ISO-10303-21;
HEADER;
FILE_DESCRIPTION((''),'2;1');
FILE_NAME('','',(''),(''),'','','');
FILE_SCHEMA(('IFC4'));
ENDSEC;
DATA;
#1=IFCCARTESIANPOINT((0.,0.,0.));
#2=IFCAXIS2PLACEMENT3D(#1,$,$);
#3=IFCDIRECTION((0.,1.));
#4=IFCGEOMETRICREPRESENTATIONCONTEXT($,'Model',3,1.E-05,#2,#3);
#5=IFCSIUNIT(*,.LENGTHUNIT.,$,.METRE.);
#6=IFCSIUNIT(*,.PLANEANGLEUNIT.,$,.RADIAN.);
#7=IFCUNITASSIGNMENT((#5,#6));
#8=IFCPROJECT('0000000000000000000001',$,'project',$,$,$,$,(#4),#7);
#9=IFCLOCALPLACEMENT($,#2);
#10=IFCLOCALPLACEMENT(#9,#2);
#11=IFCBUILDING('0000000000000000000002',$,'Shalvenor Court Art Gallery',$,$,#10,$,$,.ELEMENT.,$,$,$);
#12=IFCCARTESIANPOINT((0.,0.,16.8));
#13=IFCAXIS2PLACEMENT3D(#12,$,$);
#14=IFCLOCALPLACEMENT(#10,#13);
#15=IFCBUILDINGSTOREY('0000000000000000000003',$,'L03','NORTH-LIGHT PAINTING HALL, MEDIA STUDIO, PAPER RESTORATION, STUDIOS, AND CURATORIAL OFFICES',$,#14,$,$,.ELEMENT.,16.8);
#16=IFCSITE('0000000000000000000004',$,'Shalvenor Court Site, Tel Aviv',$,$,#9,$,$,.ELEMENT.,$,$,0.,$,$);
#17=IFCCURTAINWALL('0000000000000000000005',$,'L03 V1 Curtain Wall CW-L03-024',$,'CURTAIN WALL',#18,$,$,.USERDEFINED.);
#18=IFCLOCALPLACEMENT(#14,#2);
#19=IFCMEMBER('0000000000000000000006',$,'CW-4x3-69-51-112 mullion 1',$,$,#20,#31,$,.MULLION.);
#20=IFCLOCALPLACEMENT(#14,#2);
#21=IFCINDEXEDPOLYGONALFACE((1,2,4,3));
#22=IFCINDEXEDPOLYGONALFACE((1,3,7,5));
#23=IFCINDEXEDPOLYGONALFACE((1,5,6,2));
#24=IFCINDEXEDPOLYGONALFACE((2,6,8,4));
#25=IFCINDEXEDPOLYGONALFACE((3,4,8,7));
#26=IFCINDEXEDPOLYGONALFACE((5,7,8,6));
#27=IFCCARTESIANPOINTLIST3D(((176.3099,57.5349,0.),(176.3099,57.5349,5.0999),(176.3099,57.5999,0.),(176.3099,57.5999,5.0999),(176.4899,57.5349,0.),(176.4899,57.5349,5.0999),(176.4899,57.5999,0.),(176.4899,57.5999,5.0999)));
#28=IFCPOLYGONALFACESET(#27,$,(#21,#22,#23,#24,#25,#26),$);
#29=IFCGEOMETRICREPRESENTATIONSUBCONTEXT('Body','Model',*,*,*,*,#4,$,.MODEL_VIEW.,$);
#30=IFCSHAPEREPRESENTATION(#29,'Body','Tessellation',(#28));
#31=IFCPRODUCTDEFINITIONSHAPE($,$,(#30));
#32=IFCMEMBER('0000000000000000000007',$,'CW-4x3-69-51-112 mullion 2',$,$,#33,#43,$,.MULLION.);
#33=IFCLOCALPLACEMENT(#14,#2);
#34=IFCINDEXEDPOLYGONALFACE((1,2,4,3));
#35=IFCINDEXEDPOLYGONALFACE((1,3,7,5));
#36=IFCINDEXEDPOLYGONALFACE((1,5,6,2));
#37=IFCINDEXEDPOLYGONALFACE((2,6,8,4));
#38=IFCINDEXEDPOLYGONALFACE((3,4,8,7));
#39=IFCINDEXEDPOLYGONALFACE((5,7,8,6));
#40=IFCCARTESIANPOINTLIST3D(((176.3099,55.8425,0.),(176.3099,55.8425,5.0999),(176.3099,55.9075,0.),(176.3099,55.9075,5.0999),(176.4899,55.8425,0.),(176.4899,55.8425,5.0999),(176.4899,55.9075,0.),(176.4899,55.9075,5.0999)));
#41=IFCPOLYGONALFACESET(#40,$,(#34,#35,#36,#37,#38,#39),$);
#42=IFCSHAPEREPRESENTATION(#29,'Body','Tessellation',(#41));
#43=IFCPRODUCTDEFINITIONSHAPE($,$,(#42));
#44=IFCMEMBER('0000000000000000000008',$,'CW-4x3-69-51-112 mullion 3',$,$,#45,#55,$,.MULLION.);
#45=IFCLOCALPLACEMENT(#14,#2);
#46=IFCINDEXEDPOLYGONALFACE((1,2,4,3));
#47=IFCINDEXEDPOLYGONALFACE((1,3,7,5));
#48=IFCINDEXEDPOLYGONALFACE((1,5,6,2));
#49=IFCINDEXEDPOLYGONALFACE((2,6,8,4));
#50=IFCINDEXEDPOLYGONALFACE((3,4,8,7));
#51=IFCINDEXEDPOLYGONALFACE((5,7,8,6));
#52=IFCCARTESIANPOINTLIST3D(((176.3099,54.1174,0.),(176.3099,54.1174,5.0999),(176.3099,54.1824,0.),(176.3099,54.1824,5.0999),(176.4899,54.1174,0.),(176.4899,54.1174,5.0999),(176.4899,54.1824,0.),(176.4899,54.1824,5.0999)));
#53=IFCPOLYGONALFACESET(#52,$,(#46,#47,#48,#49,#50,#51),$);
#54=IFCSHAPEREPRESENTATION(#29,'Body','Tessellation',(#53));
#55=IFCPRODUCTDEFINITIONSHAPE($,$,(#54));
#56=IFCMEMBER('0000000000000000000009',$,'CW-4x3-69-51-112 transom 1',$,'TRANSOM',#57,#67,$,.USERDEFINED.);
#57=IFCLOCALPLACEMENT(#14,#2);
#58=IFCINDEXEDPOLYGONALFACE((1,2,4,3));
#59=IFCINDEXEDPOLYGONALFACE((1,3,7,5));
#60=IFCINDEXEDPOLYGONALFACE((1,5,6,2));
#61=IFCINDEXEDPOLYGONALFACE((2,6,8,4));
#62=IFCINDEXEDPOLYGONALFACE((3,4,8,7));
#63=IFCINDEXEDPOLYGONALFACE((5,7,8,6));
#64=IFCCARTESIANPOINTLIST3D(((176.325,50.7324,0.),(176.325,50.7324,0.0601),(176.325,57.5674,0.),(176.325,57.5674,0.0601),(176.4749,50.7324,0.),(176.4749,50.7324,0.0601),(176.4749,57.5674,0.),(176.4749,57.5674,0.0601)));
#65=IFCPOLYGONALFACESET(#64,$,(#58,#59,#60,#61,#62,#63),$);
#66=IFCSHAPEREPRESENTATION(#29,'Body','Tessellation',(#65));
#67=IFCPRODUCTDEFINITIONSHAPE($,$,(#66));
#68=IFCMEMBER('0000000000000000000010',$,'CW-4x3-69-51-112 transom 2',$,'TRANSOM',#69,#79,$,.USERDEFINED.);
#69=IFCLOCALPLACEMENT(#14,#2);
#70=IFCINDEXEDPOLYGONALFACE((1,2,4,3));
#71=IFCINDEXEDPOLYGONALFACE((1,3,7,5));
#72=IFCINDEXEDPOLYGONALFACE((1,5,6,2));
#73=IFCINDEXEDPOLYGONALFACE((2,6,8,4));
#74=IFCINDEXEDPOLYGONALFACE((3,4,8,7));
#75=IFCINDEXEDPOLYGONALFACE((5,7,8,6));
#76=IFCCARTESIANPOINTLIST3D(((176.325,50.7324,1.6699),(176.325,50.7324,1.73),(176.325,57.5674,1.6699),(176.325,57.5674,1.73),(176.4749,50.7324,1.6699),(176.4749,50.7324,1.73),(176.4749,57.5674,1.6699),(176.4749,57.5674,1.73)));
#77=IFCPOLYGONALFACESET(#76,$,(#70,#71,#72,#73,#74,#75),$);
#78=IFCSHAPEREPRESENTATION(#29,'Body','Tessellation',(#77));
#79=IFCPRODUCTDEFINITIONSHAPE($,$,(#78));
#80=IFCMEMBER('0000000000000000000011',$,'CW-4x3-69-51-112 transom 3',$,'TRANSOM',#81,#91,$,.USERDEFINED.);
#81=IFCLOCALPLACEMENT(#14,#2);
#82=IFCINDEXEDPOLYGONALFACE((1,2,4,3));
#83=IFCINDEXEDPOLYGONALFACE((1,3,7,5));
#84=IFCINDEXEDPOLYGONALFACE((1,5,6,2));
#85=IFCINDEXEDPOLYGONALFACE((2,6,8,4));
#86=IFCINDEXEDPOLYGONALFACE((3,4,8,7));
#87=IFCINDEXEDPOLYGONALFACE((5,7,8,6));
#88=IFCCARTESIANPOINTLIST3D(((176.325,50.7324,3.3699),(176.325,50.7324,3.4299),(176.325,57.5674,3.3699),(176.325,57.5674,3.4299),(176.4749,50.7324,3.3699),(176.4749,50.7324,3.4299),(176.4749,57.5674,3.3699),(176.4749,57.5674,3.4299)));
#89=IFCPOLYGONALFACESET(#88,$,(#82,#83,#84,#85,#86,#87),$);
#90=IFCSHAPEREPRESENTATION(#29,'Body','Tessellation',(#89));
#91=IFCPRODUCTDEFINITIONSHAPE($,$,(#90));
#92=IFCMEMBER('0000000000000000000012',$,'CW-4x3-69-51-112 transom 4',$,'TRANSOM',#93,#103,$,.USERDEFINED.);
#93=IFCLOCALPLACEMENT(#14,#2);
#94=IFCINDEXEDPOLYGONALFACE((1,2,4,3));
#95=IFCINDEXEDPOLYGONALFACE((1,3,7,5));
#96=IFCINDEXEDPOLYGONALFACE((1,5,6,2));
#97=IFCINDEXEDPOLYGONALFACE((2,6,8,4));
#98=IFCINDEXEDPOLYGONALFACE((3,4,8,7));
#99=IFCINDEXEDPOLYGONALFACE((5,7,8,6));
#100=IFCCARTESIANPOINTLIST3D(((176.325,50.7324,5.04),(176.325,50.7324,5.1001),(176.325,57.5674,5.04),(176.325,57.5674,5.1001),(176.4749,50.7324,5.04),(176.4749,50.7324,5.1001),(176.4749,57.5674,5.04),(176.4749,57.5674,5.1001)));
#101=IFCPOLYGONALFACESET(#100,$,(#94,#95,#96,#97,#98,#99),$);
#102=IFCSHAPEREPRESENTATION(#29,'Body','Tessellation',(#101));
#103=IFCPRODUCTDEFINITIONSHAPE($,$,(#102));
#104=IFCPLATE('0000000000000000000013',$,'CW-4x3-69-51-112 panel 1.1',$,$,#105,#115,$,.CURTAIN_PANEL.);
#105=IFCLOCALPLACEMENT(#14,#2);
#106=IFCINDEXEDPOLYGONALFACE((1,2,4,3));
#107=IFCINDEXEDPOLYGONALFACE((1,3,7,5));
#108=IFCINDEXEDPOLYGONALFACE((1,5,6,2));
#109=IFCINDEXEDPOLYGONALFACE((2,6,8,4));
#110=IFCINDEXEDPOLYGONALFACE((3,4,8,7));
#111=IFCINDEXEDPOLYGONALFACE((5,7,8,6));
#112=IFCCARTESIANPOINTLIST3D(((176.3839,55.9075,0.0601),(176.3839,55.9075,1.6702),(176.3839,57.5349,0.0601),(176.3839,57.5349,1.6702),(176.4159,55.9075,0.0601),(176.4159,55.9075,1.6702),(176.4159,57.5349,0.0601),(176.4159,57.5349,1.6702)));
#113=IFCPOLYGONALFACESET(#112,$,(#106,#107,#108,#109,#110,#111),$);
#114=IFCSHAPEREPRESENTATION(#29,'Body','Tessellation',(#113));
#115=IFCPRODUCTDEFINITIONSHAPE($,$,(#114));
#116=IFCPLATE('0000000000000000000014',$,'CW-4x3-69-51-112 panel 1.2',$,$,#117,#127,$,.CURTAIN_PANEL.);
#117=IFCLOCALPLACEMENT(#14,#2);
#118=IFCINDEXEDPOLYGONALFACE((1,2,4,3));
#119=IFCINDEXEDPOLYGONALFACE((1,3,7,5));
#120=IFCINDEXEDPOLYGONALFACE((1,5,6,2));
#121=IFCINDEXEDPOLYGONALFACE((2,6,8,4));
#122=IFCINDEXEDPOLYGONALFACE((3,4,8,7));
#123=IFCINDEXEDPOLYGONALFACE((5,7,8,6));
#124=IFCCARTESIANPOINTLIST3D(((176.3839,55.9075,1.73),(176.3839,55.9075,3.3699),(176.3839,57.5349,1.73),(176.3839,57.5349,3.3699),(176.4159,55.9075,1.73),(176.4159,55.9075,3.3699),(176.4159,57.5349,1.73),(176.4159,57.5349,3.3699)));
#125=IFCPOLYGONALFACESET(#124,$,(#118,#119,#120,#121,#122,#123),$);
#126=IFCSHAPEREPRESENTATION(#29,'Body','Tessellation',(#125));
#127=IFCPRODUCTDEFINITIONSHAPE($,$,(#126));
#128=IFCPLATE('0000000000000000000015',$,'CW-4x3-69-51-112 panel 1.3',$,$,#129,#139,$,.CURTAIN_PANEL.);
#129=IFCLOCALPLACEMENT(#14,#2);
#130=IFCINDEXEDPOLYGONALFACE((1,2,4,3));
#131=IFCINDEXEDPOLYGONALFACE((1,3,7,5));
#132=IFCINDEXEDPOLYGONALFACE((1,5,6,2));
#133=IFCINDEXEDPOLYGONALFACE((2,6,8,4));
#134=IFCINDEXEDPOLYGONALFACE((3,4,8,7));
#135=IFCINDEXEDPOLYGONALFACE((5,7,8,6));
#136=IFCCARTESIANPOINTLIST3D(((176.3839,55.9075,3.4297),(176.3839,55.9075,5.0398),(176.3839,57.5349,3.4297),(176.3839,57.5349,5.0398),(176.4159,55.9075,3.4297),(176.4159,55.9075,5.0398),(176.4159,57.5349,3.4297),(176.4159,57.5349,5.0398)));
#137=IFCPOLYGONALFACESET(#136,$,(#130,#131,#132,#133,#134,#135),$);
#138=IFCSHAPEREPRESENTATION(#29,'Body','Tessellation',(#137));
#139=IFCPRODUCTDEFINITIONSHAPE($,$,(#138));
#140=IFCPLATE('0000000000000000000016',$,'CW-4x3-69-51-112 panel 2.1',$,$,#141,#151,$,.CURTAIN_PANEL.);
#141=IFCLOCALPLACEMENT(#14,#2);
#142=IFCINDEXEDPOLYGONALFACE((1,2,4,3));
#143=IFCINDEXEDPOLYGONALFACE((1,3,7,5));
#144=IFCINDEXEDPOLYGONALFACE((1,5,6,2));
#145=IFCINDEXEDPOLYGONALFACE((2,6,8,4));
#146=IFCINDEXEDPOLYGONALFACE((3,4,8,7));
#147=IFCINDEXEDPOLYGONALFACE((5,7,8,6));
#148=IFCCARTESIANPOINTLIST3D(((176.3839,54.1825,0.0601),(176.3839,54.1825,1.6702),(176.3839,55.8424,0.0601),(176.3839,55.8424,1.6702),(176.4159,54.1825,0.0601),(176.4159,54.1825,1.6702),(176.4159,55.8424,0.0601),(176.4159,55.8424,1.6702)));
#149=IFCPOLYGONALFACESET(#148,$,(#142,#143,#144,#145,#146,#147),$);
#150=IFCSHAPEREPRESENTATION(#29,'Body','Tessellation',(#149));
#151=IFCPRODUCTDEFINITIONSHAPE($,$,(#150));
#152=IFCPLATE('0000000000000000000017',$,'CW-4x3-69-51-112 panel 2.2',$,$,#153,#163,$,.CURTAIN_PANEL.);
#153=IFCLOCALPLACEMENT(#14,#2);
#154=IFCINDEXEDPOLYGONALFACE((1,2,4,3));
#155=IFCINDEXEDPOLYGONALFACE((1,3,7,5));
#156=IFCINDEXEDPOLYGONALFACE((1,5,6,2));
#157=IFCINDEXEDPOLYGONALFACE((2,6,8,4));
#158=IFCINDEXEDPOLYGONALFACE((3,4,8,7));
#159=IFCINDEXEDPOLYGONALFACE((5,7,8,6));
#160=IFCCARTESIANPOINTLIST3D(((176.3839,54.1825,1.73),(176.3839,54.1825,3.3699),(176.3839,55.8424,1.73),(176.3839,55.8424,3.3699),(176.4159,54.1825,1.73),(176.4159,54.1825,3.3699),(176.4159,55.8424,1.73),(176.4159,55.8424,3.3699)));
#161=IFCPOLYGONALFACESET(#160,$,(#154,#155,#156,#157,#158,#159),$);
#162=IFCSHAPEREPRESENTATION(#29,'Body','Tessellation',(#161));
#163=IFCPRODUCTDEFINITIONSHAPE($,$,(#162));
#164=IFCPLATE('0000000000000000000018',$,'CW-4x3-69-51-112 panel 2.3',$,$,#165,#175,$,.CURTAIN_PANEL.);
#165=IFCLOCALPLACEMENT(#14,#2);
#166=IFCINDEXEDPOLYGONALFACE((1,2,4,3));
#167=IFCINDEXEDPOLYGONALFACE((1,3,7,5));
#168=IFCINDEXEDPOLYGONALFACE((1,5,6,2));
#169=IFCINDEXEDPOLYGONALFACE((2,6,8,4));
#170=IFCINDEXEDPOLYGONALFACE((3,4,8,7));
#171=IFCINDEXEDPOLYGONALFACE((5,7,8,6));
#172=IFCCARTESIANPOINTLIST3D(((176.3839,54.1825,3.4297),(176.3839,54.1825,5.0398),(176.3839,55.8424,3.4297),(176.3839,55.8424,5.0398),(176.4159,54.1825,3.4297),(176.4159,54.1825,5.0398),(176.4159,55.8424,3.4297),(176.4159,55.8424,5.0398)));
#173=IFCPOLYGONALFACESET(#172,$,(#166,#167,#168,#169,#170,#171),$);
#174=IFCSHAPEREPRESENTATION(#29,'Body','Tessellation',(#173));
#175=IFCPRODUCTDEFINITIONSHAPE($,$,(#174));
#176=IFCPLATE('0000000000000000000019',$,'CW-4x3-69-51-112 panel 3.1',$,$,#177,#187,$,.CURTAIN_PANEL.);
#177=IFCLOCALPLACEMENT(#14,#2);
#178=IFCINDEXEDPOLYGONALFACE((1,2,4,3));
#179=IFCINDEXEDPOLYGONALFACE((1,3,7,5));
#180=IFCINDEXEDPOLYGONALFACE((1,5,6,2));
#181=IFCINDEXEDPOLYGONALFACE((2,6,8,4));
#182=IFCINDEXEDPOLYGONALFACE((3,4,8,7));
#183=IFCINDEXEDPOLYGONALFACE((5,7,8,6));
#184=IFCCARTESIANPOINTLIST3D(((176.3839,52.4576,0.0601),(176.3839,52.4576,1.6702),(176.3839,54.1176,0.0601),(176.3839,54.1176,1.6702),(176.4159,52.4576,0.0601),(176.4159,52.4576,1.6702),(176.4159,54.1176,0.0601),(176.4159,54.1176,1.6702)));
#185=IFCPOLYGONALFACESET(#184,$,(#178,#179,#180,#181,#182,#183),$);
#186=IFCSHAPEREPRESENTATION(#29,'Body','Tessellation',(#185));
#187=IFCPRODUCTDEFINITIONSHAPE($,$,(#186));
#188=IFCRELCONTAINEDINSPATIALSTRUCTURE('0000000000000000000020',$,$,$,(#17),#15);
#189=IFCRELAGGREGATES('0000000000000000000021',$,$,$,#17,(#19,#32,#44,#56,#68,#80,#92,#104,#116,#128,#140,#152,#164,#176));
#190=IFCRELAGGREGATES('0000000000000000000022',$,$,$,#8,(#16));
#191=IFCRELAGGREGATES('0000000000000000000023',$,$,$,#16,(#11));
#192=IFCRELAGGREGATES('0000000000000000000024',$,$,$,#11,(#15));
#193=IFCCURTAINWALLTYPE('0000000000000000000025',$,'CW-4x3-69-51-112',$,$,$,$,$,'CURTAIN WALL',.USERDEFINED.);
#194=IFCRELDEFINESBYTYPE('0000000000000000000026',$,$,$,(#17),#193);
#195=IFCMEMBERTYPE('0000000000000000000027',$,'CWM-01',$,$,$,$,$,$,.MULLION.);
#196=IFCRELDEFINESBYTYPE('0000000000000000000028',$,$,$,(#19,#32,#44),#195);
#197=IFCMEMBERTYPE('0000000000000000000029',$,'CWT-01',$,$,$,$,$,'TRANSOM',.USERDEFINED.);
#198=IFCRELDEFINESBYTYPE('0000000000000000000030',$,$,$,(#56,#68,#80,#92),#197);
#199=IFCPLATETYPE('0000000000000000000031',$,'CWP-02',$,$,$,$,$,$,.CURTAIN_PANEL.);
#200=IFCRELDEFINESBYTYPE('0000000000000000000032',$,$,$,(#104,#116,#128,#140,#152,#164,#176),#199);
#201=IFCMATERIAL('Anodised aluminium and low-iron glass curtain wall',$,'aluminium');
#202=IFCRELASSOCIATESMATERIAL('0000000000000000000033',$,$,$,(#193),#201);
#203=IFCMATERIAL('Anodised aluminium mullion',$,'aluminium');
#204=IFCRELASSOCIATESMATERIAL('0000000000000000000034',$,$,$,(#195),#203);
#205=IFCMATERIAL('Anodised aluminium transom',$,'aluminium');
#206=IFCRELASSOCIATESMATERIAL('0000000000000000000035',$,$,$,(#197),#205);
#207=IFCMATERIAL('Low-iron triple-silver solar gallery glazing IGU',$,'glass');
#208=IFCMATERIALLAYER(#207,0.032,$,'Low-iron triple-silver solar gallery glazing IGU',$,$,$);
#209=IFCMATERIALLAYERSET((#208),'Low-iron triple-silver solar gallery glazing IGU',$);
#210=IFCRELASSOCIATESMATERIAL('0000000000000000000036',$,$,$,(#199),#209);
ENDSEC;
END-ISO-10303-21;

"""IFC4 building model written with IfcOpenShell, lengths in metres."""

from ifc_helpers import new_model, si_unit, direction, frame, origin, origin_2d, place, context, subcontext, project, spatial, rectangle, extrude, material, layer, layer_set, material_profile, profile_set, type_object, element, aggregate, save


model = new_model("IFC4")

# Units and contexts
model_context = context("Model", 3, precision=1e-05, world=origin(), true_north=direction((0.0, 1.0)))
body_context = subcontext(model_context, "Body", "Model", "MODEL_VIEW")
ifc_project = project(units=[si_unit("LENGTHUNIT", "METRE"), si_unit("PLANEANGLEUNIT", "RADIAN")], contexts=[model_context])

# Site, building, storey
site_placement = place(None, origin())
site = spatial("IfcSite", under=ifc_project, at=site_placement, Name="Shalvenor Court Site, Tel Aviv", CompositionType="ELEMENT", RefElevation=0.0)
building_placement = place(site_placement, origin())
building = spatial("IfcBuilding", under=site, at=building_placement, Name="Shalvenor Court Art Gallery", CompositionType="ELEMENT")
storey_placement = place(building_placement, frame((0.0, 0.0, 16.8)))
storey = spatial("IfcBuildingStorey", under=building, at=storey_placement, Name="L03", Description="NORTH-LIGHT PAINTING HALL, MEDIA STUDIO, PAPER RESTORATION, STUDIOS, AND CURATORIAL OFFICES", CompositionType="ELEMENT", Elevation=16.8)

# Curtain wall, members, plates
ifc_material_1 = material(Name="Anodised aluminium and low-iron glass curtain wall", Category="aluminium")
curtain_wall_type = type_object("IfcCurtainWallType", Name="CW-4x3-69-51-112", ElementType="CURTAIN WALL", PredefinedType="USERDEFINED", material=ifc_material_1)
curtain_wall_placement = place(storey_placement, origin())
curtain_wall = element("IfcCurtainWall", 1, at=curtain_wall_placement, inside=storey, type_object=curtain_wall_type, Name="L03 V1 Curtain Wall CW-L03-024", ObjectType="CURTAIN WALL", PredefinedType="USERDEFINED")
ifc_material_2 = material(Name="Anodised aluminium mullion", Category="aluminium")
ifc_material_profile_1 = material_profile(ifc_material_2, rectangle(XDim=0.0649, YDim=0.1799, at=origin_2d()), Name="CWM-01")
ifc_profile_set_1 = profile_set([ifc_material_profile_1], Name="Anodised aluminium mullion")
member_type_1 = type_object("IfcMemberType", Name="CWM-01", PredefinedType="MULLION", material=ifc_profile_set_1)
member_1_placement = place(storey_placement, frame((176.3999, 57.5674, 0.0), z_axis=(0.0, 0.0, 1.0), x_axis=(0.0, -1.0, 0.0)))
member_1 = element("IfcMember", 2, at=member_1_placement, type_object=member_type_1, Name="CW-4x3-69-51-112 mullion 1", PredefinedType="MULLION", context=body_context, shape_type="SweptSolid", body=[
    extrude(rectangle(XDim=0.0649, YDim=0.1799, at=origin_2d()), origin(), (0.0, 0.0, 1.0), 5.0999),
])
member_2_placement = place(storey_placement, frame((176.3999, 55.875, 0.0), z_axis=(0.0, 0.0, 1.0), x_axis=(0.0, -1.0, 0.0)))
member_2 = element("IfcMember", 3, at=member_2_placement, type_object=member_type_1, Name="CW-4x3-69-51-112 mullion 2", PredefinedType="MULLION", context=body_context, shape_type="SweptSolid", body=[
    extrude(rectangle(XDim=0.0649, YDim=0.1799, at=origin_2d()), origin(), (0.0, 0.0, 1.0), 5.0999),
])
member_3_placement = place(storey_placement, frame((176.3999, 54.1499, 0.0), z_axis=(0.0, 0.0, 1.0), x_axis=(0.0, -1.0, 0.0)))
member_3 = element("IfcMember", 4, at=member_3_placement, type_object=member_type_1, Name="CW-4x3-69-51-112 mullion 3", PredefinedType="MULLION", context=body_context, shape_type="SweptSolid", body=[
    extrude(rectangle(XDim=0.0649, YDim=0.1799, at=origin_2d()), origin(), (0.0, 0.0, 1.0), 5.0999),
])
ifc_material_3 = material(Name="Anodised aluminium transom", Category="aluminium")
ifc_material_profile_2 = material_profile(ifc_material_3, rectangle(XDim=0.1499, YDim=0.0601, at=origin_2d()), Name="CWT-01")
ifc_profile_set_2 = profile_set([ifc_material_profile_2], Name="Anodised aluminium transom")
member_type_2 = type_object("IfcMemberType", Name="CWT-01", ElementType="TRANSOM", PredefinedType="USERDEFINED", material=ifc_profile_set_2)
member_4_placement = place(storey_placement, frame((176.3999, 57.5674, 0.03), z_axis=(0.0, -1.0, 0.0), x_axis=(1.0, 0.0, 0.0)))
member_4 = element("IfcMember", 5, at=member_4_placement, type_object=member_type_2, Name="CW-4x3-69-51-112 transom 1", ObjectType="TRANSOM", PredefinedType="USERDEFINED", context=body_context, shape_type="SweptSolid", body=[
    extrude(rectangle(XDim=0.1499, YDim=0.0601, at=origin_2d()), origin(), (0.0, 0.0, 1.0), 6.835),
])
member_5_placement = place(storey_placement, frame((176.3999, 57.5674, 1.7), z_axis=(0.0, -1.0, 0.0), x_axis=(1.0, 0.0, 0.0)))
member_5 = element("IfcMember", 6, at=member_5_placement, type_object=member_type_2, Name="CW-4x3-69-51-112 transom 2", ObjectType="TRANSOM", PredefinedType="USERDEFINED", context=body_context, shape_type="SweptSolid", body=[
    extrude(rectangle(XDim=0.1499, YDim=0.0601, at=origin_2d()), origin(), (0.0, 0.0, 1.0), 6.835),
])
member_6_placement = place(storey_placement, frame((176.3999, 57.5674, 3.3999), z_axis=(0.0, -1.0, 0.0), x_axis=(1.0, 0.0, 0.0)))
member_6 = element("IfcMember", 7, at=member_6_placement, type_object=member_type_2, Name="CW-4x3-69-51-112 transom 3", ObjectType="TRANSOM", PredefinedType="USERDEFINED", context=body_context, shape_type="SweptSolid", body=[
    extrude(rectangle(XDim=0.1499, YDim=0.0601, at=origin_2d()), origin(), (0.0, 0.0, 1.0), 6.835),
])
member_7_placement = place(storey_placement, frame((176.3999, 57.5674, 5.0701), z_axis=(0.0, -1.0, 0.0), x_axis=(1.0, 0.0, 0.0)))
member_7 = element("IfcMember", 8, at=member_7_placement, type_object=member_type_2, Name="CW-4x3-69-51-112 transom 4", ObjectType="TRANSOM", PredefinedType="USERDEFINED", context=body_context, shape_type="SweptSolid", body=[
    extrude(rectangle(XDim=0.1499, YDim=0.0601, at=origin_2d()), origin(), (0.0, 0.0, 1.0), 6.835),
])
ifc_material_4 = material(Name="Low-iron triple-silver solar gallery glazing IGU", Category="glass")
ifc_layer_1 = layer(ifc_material_4, 0.032, Name="Low-iron triple-silver solar gallery glazing IGU")
ifc_layer_set_1 = layer_set([ifc_layer_1], Name="Low-iron triple-silver solar gallery glazing IGU")
plate_type_1 = type_object("IfcPlateType", Name="CWP-02", PredefinedType="CURTAIN_PANEL", material=ifc_layer_set_1)
plate_1_placement = place(storey_placement, frame((176.3999, 56.7212, 0.0601), z_axis=(0.0, 0.0, 1.0), x_axis=(0.0, -1.0, 0.0)))
plate_1 = element("IfcPlate", 9, at=plate_1_placement, type_object=plate_type_1, Name="CW-4x3-69-51-112 panel 1.1", PredefinedType="CURTAIN_PANEL", context=body_context, shape_type="SweptSolid", body=[
    extrude(rectangle(XDim=1.6274, YDim=0.032, at=origin_2d()), origin(), (0.0, 0.0, 1.0), 1.6101),
])
plate_2_placement = place(storey_placement, frame((176.3999, 56.7212, 1.73), z_axis=(0.0, 0.0, 1.0), x_axis=(0.0, -1.0, 0.0)))
plate_2 = element("IfcPlate", 10, at=plate_2_placement, type_object=plate_type_1, Name="CW-4x3-69-51-112 panel 1.2", PredefinedType="CURTAIN_PANEL", context=body_context, shape_type="SweptSolid", body=[
    extrude(rectangle(XDim=1.6274, YDim=0.032, at=origin_2d()), origin(), (0.0, 0.0, 1.0), 1.6399),
])
plate_3_placement = place(storey_placement, frame((176.3999, 56.7212, 3.4297), z_axis=(0.0, 0.0, 1.0), x_axis=(0.0, -1.0, 0.0)))
plate_3 = element("IfcPlate", 11, at=plate_3_placement, type_object=plate_type_1, Name="CW-4x3-69-51-112 panel 1.3", PredefinedType="CURTAIN_PANEL", context=body_context, shape_type="SweptSolid", body=[
    extrude(rectangle(XDim=1.6274, YDim=0.032, at=origin_2d()), origin(), (0.0, 0.0, 1.0), 1.6101),
])
plate_4_placement = place(storey_placement, frame((176.3999, 55.0125, 0.0601), z_axis=(0.0, 0.0, 1.0), x_axis=(0.0, -1.0, 0.0)))
plate_4 = element("IfcPlate", 12, at=plate_4_placement, type_object=plate_type_1, Name="CW-4x3-69-51-112 panel 2.1", PredefinedType="CURTAIN_PANEL", context=body_context, shape_type="SweptSolid", body=[
    extrude(rectangle(XDim=1.6599, YDim=0.032, at=origin_2d()), origin(), (0.0, 0.0, 1.0), 1.6101),
])
plate_5_placement = place(storey_placement, frame((176.3999, 55.0125, 1.73), z_axis=(0.0, 0.0, 1.0), x_axis=(0.0, -1.0, 0.0)))
plate_5 = element("IfcPlate", 13, at=plate_5_placement, type_object=plate_type_1, Name="CW-4x3-69-51-112 panel 2.2", PredefinedType="CURTAIN_PANEL", context=body_context, shape_type="SweptSolid", body=[
    extrude(rectangle(XDim=1.6599, YDim=0.032, at=origin_2d()), origin(), (0.0, 0.0, 1.0), 1.6399),
])
plate_6_placement = place(storey_placement, frame((176.3999, 55.0125, 3.4297), z_axis=(0.0, 0.0, 1.0), x_axis=(0.0, -1.0, 0.0)))
plate_6 = element("IfcPlate", 14, at=plate_6_placement, type_object=plate_type_1, Name="CW-4x3-69-51-112 panel 2.3", PredefinedType="CURTAIN_PANEL", context=body_context, shape_type="SweptSolid", body=[
    extrude(rectangle(XDim=1.6599, YDim=0.032, at=origin_2d()), origin(), (0.0, 0.0, 1.0), 1.6101),
])
plate_7_placement = place(storey_placement, frame((176.3999, 53.2876, 0.0601), z_axis=(0.0, 0.0, 1.0), x_axis=(0.0, -1.0, 0.0)))
plate_7 = element("IfcPlate", 15, at=plate_7_placement, type_object=plate_type_1, Name="CW-4x3-69-51-112 panel 3.1", PredefinedType="CURTAIN_PANEL", context=body_context, shape_type="SweptSolid", body=[
    extrude(rectangle(XDim=1.6599, YDim=0.032, at=origin_2d()), origin(), (0.0, 0.0, 1.0), 1.6101),
])
aggregate(curtain_wall, [member_1, member_2, member_3, member_4, member_5, member_6, member_7, plate_1, plate_2, plate_3, plate_4, plate_5, plate_6, plate_7])

save(model, "model.ifc")
